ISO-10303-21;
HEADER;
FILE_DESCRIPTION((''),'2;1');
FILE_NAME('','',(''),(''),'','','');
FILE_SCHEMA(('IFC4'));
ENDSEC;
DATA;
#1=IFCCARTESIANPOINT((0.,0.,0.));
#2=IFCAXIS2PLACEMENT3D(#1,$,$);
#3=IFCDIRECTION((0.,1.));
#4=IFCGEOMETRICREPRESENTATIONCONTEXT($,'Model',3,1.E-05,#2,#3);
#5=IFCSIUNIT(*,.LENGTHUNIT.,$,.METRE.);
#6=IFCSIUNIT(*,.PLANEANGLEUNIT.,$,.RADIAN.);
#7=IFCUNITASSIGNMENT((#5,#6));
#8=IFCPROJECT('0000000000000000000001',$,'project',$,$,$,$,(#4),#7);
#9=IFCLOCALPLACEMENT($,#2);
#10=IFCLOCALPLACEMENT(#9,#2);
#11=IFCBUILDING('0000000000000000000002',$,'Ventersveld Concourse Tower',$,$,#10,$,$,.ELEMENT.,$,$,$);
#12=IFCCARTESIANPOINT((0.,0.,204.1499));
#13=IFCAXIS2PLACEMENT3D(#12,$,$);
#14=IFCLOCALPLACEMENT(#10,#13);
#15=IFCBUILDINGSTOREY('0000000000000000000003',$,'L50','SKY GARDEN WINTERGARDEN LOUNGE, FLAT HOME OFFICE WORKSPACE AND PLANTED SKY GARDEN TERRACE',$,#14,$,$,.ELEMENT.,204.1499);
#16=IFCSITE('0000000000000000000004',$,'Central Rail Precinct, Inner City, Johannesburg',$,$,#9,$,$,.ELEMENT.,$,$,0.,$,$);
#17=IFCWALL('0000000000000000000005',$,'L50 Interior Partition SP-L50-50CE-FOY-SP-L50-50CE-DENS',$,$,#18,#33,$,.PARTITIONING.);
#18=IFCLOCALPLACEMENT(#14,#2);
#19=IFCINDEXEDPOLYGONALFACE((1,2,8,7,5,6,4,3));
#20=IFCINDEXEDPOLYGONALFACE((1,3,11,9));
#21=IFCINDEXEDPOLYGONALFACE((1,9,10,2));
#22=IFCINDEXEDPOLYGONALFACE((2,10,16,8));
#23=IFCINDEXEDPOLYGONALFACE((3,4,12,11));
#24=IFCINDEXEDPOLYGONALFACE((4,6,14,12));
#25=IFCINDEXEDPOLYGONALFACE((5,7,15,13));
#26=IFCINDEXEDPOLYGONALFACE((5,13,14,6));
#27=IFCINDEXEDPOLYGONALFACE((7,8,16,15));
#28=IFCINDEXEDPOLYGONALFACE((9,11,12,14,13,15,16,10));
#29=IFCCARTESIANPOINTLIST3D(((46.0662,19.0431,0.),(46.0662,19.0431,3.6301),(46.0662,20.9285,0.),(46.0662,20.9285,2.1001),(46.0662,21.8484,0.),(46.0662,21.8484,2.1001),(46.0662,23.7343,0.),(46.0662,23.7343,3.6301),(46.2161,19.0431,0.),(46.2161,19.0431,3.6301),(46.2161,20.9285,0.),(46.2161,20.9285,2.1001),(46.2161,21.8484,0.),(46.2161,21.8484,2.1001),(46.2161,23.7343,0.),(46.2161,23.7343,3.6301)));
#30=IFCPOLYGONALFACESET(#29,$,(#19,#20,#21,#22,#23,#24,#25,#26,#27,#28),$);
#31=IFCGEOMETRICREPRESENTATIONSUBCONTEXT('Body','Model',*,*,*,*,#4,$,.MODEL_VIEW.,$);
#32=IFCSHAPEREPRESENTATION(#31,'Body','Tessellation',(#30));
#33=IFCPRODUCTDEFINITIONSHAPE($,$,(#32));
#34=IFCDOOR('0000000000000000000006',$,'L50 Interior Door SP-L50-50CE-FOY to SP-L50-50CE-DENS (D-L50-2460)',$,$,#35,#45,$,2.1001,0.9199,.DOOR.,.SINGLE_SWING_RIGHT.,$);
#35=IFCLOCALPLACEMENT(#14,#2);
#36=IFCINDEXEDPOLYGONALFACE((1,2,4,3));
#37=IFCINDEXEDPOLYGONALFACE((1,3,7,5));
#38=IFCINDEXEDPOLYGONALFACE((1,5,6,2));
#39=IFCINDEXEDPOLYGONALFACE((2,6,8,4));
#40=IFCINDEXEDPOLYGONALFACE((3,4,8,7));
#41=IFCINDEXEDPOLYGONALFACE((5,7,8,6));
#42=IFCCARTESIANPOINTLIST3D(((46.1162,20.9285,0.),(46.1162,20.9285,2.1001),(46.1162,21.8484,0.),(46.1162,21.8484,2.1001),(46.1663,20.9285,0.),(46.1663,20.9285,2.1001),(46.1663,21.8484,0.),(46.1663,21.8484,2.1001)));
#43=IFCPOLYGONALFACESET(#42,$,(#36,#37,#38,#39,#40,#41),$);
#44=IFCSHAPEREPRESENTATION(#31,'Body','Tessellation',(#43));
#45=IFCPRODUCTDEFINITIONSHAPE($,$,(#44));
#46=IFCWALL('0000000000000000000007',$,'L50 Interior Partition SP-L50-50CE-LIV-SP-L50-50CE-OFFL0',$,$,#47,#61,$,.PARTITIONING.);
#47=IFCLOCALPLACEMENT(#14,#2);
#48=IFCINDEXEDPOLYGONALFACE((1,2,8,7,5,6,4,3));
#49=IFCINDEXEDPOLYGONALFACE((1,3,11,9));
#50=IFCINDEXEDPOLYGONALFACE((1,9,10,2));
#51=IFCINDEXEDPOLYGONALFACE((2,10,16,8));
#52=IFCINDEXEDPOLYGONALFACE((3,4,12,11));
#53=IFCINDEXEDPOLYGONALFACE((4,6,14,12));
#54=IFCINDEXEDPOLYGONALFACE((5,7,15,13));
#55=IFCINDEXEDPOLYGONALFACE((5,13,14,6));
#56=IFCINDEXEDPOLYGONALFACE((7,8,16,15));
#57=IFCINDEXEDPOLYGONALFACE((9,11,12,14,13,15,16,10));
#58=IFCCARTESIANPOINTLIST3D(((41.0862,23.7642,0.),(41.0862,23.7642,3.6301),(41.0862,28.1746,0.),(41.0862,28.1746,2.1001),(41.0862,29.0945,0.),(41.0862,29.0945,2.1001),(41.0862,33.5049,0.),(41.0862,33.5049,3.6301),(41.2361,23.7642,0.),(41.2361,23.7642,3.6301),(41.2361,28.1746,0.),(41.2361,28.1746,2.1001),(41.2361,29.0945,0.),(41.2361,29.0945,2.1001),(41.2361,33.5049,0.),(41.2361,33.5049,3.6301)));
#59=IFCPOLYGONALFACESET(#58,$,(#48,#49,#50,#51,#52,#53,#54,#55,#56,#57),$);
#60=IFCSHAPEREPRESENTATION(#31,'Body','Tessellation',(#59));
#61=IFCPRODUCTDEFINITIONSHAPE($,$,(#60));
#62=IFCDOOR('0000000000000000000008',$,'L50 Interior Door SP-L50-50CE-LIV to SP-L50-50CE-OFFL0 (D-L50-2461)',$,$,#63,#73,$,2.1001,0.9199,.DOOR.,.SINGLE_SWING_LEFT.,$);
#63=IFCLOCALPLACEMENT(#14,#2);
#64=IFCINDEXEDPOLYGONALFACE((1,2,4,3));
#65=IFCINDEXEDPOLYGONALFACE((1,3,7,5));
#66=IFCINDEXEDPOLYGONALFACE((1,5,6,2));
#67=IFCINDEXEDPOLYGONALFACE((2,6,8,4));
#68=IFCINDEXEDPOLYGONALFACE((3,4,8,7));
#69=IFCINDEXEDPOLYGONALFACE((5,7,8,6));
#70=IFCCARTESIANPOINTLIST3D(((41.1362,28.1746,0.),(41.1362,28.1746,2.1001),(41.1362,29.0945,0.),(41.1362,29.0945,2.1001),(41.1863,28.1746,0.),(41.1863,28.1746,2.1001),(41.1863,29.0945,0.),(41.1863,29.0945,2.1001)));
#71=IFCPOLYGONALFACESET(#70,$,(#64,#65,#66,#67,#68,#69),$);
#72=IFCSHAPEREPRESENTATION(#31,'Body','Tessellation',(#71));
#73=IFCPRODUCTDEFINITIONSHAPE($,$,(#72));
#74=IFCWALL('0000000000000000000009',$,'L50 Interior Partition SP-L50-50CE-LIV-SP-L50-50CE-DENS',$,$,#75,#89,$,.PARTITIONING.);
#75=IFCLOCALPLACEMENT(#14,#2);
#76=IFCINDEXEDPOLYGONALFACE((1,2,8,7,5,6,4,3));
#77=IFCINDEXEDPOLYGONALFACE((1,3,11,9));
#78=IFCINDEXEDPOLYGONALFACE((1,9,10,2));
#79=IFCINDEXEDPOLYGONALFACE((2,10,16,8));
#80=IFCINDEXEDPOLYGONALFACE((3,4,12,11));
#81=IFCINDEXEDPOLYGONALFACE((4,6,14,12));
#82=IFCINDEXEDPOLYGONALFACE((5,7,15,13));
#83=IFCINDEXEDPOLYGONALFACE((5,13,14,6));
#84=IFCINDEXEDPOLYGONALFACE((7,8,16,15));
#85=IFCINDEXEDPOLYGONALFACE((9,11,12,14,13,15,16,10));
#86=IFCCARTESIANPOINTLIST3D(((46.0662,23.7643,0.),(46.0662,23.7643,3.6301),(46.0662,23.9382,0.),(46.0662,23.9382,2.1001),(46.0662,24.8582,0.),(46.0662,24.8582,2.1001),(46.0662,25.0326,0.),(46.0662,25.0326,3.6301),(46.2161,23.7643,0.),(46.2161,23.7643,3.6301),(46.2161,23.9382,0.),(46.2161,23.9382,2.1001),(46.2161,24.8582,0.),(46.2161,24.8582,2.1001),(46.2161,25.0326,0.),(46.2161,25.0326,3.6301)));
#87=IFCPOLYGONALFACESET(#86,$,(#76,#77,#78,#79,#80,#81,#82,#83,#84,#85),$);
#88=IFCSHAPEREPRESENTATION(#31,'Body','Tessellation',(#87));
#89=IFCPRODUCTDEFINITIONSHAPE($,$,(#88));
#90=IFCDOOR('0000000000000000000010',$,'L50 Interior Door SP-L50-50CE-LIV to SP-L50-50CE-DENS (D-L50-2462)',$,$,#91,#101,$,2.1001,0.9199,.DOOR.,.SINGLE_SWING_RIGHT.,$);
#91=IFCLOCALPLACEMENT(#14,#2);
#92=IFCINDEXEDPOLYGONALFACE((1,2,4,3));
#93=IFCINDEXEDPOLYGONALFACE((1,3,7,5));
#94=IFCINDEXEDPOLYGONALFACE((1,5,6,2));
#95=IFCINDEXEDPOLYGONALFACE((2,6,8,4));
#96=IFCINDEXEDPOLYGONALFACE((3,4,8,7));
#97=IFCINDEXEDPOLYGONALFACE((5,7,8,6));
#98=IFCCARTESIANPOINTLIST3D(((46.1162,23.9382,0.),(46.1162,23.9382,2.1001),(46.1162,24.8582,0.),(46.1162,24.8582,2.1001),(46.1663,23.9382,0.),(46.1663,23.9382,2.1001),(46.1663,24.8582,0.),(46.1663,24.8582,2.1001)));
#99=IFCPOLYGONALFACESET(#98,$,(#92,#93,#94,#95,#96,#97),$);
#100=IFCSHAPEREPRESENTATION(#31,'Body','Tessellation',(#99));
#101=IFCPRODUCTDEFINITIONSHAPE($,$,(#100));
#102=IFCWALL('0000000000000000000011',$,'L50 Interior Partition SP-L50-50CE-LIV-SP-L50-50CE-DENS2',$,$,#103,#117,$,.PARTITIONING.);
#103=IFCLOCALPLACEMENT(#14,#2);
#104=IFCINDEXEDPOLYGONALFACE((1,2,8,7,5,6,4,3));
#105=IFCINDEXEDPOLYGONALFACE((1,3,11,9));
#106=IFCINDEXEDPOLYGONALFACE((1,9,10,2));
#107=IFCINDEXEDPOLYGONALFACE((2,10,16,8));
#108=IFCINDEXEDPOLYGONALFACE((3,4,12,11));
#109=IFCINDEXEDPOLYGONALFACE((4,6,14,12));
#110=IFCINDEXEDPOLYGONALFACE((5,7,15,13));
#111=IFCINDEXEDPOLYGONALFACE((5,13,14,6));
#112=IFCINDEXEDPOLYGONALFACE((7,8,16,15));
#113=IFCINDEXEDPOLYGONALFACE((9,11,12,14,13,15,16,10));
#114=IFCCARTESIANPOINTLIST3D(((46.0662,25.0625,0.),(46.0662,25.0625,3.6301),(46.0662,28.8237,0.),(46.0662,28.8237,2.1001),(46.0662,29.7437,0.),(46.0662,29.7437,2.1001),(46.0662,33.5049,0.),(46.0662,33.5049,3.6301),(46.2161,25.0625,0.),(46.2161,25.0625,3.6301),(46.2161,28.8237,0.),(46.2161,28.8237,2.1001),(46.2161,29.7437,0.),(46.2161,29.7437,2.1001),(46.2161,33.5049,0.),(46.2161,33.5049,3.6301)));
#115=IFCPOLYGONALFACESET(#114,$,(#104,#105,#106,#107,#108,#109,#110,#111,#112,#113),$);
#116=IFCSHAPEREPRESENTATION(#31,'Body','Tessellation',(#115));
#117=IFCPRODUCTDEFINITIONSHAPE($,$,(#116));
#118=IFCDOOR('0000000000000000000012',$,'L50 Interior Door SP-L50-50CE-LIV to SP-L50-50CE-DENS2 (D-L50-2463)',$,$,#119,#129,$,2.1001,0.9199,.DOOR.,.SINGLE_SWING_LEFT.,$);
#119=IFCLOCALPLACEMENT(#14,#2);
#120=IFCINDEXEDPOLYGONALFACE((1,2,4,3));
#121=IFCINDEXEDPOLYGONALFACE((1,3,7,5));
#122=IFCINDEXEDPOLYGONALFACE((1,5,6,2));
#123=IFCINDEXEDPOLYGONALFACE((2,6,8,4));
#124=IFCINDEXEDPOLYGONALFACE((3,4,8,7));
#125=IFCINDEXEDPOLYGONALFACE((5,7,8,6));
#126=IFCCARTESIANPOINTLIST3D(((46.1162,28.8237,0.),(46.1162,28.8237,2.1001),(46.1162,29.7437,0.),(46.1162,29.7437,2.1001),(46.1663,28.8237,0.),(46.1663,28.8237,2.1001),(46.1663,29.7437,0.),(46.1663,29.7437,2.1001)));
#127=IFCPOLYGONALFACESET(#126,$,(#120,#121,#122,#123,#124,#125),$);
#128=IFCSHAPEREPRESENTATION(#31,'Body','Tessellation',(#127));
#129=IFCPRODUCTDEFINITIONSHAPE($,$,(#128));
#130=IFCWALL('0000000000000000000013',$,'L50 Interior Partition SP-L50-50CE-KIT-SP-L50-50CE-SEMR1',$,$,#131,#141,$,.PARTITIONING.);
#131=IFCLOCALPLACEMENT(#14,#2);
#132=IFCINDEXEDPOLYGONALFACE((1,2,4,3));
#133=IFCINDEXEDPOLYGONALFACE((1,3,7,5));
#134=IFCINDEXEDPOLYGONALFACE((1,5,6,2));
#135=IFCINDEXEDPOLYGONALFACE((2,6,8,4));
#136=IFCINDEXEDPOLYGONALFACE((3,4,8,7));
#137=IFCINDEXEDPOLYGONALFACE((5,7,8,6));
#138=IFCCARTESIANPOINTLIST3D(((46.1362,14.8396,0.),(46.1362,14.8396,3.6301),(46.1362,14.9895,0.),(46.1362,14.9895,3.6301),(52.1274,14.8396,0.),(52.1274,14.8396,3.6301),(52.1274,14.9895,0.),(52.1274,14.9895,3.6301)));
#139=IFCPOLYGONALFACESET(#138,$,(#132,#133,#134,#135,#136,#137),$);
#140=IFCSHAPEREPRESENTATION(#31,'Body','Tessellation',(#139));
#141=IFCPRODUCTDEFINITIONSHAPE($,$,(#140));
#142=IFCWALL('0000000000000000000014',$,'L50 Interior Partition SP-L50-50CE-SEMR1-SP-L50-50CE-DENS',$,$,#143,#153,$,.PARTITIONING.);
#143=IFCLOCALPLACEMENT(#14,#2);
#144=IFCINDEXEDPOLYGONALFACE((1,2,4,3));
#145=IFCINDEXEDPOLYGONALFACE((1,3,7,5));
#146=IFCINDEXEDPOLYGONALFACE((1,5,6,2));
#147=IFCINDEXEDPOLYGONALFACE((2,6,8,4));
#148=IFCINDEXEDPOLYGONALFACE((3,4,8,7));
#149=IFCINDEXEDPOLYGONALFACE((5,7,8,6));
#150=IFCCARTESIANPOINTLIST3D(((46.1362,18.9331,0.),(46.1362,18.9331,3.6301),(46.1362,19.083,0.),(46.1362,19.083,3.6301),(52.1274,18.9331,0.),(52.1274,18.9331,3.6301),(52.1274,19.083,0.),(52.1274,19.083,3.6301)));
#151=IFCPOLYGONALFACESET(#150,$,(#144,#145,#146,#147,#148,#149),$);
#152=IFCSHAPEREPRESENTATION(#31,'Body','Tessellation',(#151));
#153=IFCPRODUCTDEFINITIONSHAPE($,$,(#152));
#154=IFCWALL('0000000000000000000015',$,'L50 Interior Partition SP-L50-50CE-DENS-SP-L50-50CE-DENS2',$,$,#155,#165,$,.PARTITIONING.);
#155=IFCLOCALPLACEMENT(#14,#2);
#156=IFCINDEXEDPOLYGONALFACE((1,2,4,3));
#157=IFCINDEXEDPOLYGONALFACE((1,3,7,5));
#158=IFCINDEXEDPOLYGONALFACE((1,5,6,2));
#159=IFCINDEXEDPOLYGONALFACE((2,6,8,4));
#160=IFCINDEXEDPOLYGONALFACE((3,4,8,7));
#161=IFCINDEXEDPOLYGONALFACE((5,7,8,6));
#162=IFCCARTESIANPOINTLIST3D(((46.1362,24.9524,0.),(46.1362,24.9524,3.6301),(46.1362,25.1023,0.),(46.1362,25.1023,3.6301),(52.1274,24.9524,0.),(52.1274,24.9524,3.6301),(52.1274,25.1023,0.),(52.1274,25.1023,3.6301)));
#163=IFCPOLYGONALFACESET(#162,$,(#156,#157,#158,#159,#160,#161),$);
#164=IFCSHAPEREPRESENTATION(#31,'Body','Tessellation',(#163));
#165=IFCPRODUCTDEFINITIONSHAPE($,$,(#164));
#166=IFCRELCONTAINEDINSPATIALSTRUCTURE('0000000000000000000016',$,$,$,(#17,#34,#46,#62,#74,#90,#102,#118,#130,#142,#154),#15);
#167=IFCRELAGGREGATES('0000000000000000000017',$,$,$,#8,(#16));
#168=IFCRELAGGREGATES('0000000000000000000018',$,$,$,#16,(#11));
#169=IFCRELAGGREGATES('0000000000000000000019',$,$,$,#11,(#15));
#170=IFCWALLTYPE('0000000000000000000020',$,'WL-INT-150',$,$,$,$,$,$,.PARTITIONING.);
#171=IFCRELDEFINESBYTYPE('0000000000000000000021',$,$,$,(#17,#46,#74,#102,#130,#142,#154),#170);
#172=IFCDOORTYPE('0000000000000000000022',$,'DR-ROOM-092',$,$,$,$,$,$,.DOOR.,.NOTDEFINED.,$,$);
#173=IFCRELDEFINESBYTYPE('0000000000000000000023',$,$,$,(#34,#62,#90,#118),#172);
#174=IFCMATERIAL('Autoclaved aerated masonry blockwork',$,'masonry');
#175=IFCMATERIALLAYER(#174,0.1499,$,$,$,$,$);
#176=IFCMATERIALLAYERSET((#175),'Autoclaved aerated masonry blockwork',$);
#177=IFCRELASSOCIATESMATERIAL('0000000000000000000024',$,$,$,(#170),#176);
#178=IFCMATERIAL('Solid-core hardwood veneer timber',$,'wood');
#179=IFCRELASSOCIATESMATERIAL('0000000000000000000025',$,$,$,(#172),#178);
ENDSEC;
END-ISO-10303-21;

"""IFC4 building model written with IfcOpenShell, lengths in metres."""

from ifc_helpers import new_model, si_unit, direction, frame, frame_2d, origin, place, context, subcontext, project, spatial, rectangle, extrude, material, layer, layer_set, type_object, element, fill, save


model = new_model("IFC4")

# Units and contexts
model_context = context("Model", 3, precision=1e-05, world=origin(), true_north=direction((0.0, 1.0)))
body_context = subcontext(model_context, "Body", "Model", "MODEL_VIEW")
ifc_project = project(units=[si_unit("LENGTHUNIT", "METRE"), si_unit("PLANEANGLEUNIT", "RADIAN")], contexts=[model_context])

# Site, building, storey
site_placement = place(None, origin())
site = spatial("IfcSite", under=ifc_project, at=site_placement, Name="Central Rail Precinct, Inner City, Johannesburg", CompositionType="ELEMENT", RefElevation=0.0)
building_placement = place(site_placement, origin())
building = spatial("IfcBuilding", under=site, at=building_placement, Name="Ventersveld Concourse Tower", CompositionType="ELEMENT")
storey_placement = place(building_placement, frame((0.0, 0.0, 204.1499)))
storey = spatial("IfcBuildingStorey", under=building, at=storey_placement, Name="L50", Description="SKY GARDEN WINTERGARDEN LOUNGE, FLAT HOME OFFICE WORKSPACE AND PLANTED SKY GARDEN TERRACE", CompositionType="ELEMENT", Elevation=204.1499)

# Walls, openings, doors
ifc_material_1 = material(Name="Autoclaved aerated masonry blockwork", Category="masonry")
ifc_layer_1 = layer(ifc_material_1, 0.1499)
ifc_layer_set_1 = layer_set([ifc_layer_1], Name="Autoclaved aerated masonry blockwork")
wall_type_1 = type_object("IfcWallType", Name="WL-INT-150", PredefinedType="PARTITIONING", material=ifc_layer_set_1)
ifc_material_2 = material(Name="Solid-core hardwood veneer timber", Category="wood")
door_type = type_object("IfcDoorType", Name="DR-ROOM-092", OperationType="NOTDEFINED", PredefinedType="DOOR", material=ifc_material_2)
wall_1_placement = place(storey_placement, frame((46.1411, 19.043, 0.0), z_axis=(0.0, 0.0, 1.0), x_axis=(0.0, 1.0, 0.0)))
wall_1 = element("IfcWall", 1, at=wall_1_placement, inside=storey, type_object=wall_type_1, Name="L50 Interior Partition SP-L50-50CE-FOY-SP-L50-50CE-DENS", PredefinedType="PARTITIONING", context=body_context, shape_type="SweptSolid", body=[
    extrude(rectangle(XDim=4.6912, YDim=0.1499, at=frame_2d((2.3457, 0.0))), origin(), (0.0, 0.0, 1.0), 3.6301),
])
opening_1_placement = place(wall_1_placement, frame((1.8855, 0.0, 0.0)))
opening_1 = element("IfcOpeningElement", 2, at=opening_1_placement, cuts=wall_1, PredefinedType="OPENING", context=body_context, shape_type="SweptSolid", body=[
    extrude(rectangle(XDim=0.9199, YDim=2.1001, at=frame_2d((0.46, 1.05))), frame((0.0, 0.085, 0.0), z_axis=(0.0, -1.0, 0.0), x_axis=(1.0, 0.0, 0.0)), (0.0, 0.0, 1.0), 0.1699),
])
door_1_placement = place(opening_1_placement, origin())
door_1 = element("IfcDoor", 3, at=door_1_placement, inside=storey, type_object=door_type, Name="L50 Interior Door SP-L50-50CE-FOY to SP-L50-50CE-DENS (D-L50-2460)", OperationType="SINGLE_SWING_RIGHT", OverallHeight=2.1001, OverallWidth=0.9199, PredefinedType="DOOR", context=body_context, shape_type="SweptSolid", body=[
    extrude(rectangle(XDim=0.9199, YDim=2.1001, at=frame_2d((0.46, 1.05))), frame((0.0, 0.0249, 0.0), z_axis=(0.0, -1.0, 0.0), x_axis=(1.0, 0.0, 0.0)), (0.0, 0.0, 1.0), 0.05),
])
fill(opening_1, door_1)
wall_2_placement = place(storey_placement, frame((41.1611, 23.7642, 0.0), z_axis=(0.0, 0.0, 1.0), x_axis=(0.0, 1.0, 0.0)))
wall_2 = element("IfcWall", 4, at=wall_2_placement, inside=storey, type_object=wall_type_1, Name="L50 Interior Partition SP-L50-50CE-LIV-SP-L50-50CE-OFFL0", PredefinedType="PARTITIONING", context=body_context, shape_type="SweptSolid", body=[
    extrude(rectangle(XDim=9.7407, YDim=0.1499, at=frame_2d((4.8704, 0.0))), origin(), (0.0, 0.0, 1.0), 3.6301),
])
opening_2_placement = place(wall_2_placement, frame((4.4104, 0.0, 0.0)))
opening_2 = element("IfcOpeningElement", 5, at=opening_2_placement, cuts=wall_2, PredefinedType="OPENING", context=body_context, shape_type="SweptSolid", body=[
    extrude(rectangle(XDim=0.9199, YDim=2.1001, at=frame_2d((0.46, 1.05))), frame((0.0, 0.085, 0.0), z_axis=(0.0, -1.0, 0.0), x_axis=(1.0, 0.0, 0.0)), (0.0, 0.0, 1.0), 0.1699),
])
door_2_placement = place(opening_2_placement, origin())
door_2 = element("IfcDoor", 6, at=door_2_placement, inside=storey, type_object=door_type, Name="L50 Interior Door SP-L50-50CE-LIV to SP-L50-50CE-OFFL0 (D-L50-2461)", OperationType="SINGLE_SWING_LEFT", OverallHeight=2.1001, OverallWidth=0.9199, PredefinedType="DOOR", context=body_context, shape_type="SweptSolid", body=[
    extrude(rectangle(XDim=0.9199, YDim=2.1001, at=frame_2d((0.46, 1.05))), frame((0.0, 0.0249, 0.0), z_axis=(0.0, -1.0, 0.0), x_axis=(1.0, 0.0, 0.0)), (0.0, 0.0, 1.0), 0.05),
])
fill(opening_2, door_2)
wall_3_placement = place(storey_placement, frame((46.1411, 23.7642, 0.0), z_axis=(0.0, 0.0, 1.0), x_axis=(0.0, 1.0, 0.0)))
wall_3 = element("IfcWall", 7, at=wall_3_placement, inside=storey, type_object=wall_type_1, Name="L50 Interior Partition SP-L50-50CE-LIV-SP-L50-50CE-DENS", PredefinedType="PARTITIONING", context=body_context, shape_type="SweptSolid", body=[
    extrude(rectangle(XDim=1.2683, YDim=0.1499, at=frame_2d((0.6343, 0.0))), origin(), (0.0, 0.0, 1.0), 3.6301),
])
opening_3_placement = place(wall_3_placement, frame((0.1741, 0.0, 0.0)))
opening_3 = element("IfcOpeningElement", 8, at=opening_3_placement, cuts=wall_3, PredefinedType="OPENING", context=body_context, shape_type="SweptSolid", body=[
    extrude(rectangle(XDim=0.9199, YDim=2.1001, at=frame_2d((0.46, 1.05))), frame((0.0, 0.085, 0.0), z_axis=(0.0, -1.0, 0.0), x_axis=(1.0, 0.0, 0.0)), (0.0, 0.0, 1.0), 0.1699),
])
door_3_placement = place(opening_3_placement, origin())
door_3 = element("IfcDoor", 9, at=door_3_placement, inside=storey, type_object=door_type, Name="L50 Interior Door SP-L50-50CE-LIV to SP-L50-50CE-DENS (D-L50-2462)", OperationType="SINGLE_SWING_RIGHT", OverallHeight=2.1001, OverallWidth=0.9199, PredefinedType="DOOR", context=body_context, shape_type="SweptSolid", body=[
    extrude(rectangle(XDim=0.9199, YDim=2.1001, at=frame_2d((0.46, 1.05))), frame((0.0, 0.0249, 0.0), z_axis=(0.0, -1.0, 0.0), x_axis=(1.0, 0.0, 0.0)), (0.0, 0.0, 1.0), 0.05),
])
fill(opening_3, door_3)
wall_4_placement = place(storey_placement, frame((46.1411, 25.0625, 0.0), z_axis=(0.0, 0.0, 1.0), x_axis=(0.0, 1.0, 0.0)))
wall_4 = element("IfcWall", 10, at=wall_4_placement, inside=storey, type_object=wall_type_1, Name="L50 Interior Partition SP-L50-50CE-LIV-SP-L50-50CE-DENS2", PredefinedType="PARTITIONING", context=body_context, shape_type="SweptSolid", body=[
    extrude(rectangle(XDim=8.4424, YDim=0.1499, at=frame_2d((4.2212, 0.0))), origin(), (0.0, 0.0, 1.0), 3.6301),
])
opening_4_placement = place(wall_4_placement, frame((3.7612, 0.0, 0.0)))
opening_4 = element("IfcOpeningElement", 11, at=opening_4_placement, cuts=wall_4, PredefinedType="OPENING", context=body_context, shape_type="SweptSolid", body=[
    extrude(rectangle(XDim=0.9199, YDim=2.1001, at=frame_2d((0.46, 1.05))), frame((0.0, 0.085, 0.0), z_axis=(0.0, -1.0, 0.0), x_axis=(1.0, 0.0, 0.0)), (0.0, 0.0, 1.0), 0.1699),
])
door_4_placement = place(opening_4_placement, origin())
door_4 = element("IfcDoor", 12, at=door_4_placement, inside=storey, type_object=door_type, Name="L50 Interior Door SP-L50-50CE-LIV to SP-L50-50CE-DENS2 (D-L50-2463)", OperationType="SINGLE_SWING_LEFT", OverallHeight=2.1001, OverallWidth=0.9199, PredefinedType="DOOR", context=body_context, shape_type="SweptSolid", body=[
    extrude(rectangle(XDim=0.9199, YDim=2.1001, at=frame_2d((0.46, 1.05))), frame((0.0, 0.0249, 0.0), z_axis=(0.0, -1.0, 0.0), x_axis=(1.0, 0.0, 0.0)), (0.0, 0.0, 1.0), 0.05),
])
fill(opening_4, door_4)

# Walls
for number, where, z_axis, x_axis, name in (
    (13, (46.1362, 14.9146, 0.0), (0.0, 0.0, 1.0), (1.0, 0.0, 0.0), "L50 Interior Partition SP-L50-50CE-KIT-SP-L50-50CE-SEMR1"),
    (14, (46.1362, 19.0081, 0.0), (0.0, 0.0, 1.0), (1.0, 0.0, 0.0), "L50 Interior Partition SP-L50-50CE-SEMR1-SP-L50-50CE-DENS"),
    (15, (46.1362, 25.0273, 0.0), (0.0, 0.0, 1.0), (1.0, 0.0, 0.0), "L50 Interior Partition SP-L50-50CE-DENS-SP-L50-50CE-DENS2"),
):
    element("IfcWall", number, at=place(storey_placement, frame(where, z_axis=z_axis, x_axis=x_axis)), inside=storey, type_object=wall_type_1, Name=name, PredefinedType="PARTITIONING", context=body_context, shape_type="SweptSolid", body=[
        extrude(rectangle(XDim=5.9912, YDim=0.1499, at=frame_2d((2.9956, 0.0))), origin(), (0.0, 0.0, 1.0), 3.6301),
    ])

save(model, "model.ifc")
